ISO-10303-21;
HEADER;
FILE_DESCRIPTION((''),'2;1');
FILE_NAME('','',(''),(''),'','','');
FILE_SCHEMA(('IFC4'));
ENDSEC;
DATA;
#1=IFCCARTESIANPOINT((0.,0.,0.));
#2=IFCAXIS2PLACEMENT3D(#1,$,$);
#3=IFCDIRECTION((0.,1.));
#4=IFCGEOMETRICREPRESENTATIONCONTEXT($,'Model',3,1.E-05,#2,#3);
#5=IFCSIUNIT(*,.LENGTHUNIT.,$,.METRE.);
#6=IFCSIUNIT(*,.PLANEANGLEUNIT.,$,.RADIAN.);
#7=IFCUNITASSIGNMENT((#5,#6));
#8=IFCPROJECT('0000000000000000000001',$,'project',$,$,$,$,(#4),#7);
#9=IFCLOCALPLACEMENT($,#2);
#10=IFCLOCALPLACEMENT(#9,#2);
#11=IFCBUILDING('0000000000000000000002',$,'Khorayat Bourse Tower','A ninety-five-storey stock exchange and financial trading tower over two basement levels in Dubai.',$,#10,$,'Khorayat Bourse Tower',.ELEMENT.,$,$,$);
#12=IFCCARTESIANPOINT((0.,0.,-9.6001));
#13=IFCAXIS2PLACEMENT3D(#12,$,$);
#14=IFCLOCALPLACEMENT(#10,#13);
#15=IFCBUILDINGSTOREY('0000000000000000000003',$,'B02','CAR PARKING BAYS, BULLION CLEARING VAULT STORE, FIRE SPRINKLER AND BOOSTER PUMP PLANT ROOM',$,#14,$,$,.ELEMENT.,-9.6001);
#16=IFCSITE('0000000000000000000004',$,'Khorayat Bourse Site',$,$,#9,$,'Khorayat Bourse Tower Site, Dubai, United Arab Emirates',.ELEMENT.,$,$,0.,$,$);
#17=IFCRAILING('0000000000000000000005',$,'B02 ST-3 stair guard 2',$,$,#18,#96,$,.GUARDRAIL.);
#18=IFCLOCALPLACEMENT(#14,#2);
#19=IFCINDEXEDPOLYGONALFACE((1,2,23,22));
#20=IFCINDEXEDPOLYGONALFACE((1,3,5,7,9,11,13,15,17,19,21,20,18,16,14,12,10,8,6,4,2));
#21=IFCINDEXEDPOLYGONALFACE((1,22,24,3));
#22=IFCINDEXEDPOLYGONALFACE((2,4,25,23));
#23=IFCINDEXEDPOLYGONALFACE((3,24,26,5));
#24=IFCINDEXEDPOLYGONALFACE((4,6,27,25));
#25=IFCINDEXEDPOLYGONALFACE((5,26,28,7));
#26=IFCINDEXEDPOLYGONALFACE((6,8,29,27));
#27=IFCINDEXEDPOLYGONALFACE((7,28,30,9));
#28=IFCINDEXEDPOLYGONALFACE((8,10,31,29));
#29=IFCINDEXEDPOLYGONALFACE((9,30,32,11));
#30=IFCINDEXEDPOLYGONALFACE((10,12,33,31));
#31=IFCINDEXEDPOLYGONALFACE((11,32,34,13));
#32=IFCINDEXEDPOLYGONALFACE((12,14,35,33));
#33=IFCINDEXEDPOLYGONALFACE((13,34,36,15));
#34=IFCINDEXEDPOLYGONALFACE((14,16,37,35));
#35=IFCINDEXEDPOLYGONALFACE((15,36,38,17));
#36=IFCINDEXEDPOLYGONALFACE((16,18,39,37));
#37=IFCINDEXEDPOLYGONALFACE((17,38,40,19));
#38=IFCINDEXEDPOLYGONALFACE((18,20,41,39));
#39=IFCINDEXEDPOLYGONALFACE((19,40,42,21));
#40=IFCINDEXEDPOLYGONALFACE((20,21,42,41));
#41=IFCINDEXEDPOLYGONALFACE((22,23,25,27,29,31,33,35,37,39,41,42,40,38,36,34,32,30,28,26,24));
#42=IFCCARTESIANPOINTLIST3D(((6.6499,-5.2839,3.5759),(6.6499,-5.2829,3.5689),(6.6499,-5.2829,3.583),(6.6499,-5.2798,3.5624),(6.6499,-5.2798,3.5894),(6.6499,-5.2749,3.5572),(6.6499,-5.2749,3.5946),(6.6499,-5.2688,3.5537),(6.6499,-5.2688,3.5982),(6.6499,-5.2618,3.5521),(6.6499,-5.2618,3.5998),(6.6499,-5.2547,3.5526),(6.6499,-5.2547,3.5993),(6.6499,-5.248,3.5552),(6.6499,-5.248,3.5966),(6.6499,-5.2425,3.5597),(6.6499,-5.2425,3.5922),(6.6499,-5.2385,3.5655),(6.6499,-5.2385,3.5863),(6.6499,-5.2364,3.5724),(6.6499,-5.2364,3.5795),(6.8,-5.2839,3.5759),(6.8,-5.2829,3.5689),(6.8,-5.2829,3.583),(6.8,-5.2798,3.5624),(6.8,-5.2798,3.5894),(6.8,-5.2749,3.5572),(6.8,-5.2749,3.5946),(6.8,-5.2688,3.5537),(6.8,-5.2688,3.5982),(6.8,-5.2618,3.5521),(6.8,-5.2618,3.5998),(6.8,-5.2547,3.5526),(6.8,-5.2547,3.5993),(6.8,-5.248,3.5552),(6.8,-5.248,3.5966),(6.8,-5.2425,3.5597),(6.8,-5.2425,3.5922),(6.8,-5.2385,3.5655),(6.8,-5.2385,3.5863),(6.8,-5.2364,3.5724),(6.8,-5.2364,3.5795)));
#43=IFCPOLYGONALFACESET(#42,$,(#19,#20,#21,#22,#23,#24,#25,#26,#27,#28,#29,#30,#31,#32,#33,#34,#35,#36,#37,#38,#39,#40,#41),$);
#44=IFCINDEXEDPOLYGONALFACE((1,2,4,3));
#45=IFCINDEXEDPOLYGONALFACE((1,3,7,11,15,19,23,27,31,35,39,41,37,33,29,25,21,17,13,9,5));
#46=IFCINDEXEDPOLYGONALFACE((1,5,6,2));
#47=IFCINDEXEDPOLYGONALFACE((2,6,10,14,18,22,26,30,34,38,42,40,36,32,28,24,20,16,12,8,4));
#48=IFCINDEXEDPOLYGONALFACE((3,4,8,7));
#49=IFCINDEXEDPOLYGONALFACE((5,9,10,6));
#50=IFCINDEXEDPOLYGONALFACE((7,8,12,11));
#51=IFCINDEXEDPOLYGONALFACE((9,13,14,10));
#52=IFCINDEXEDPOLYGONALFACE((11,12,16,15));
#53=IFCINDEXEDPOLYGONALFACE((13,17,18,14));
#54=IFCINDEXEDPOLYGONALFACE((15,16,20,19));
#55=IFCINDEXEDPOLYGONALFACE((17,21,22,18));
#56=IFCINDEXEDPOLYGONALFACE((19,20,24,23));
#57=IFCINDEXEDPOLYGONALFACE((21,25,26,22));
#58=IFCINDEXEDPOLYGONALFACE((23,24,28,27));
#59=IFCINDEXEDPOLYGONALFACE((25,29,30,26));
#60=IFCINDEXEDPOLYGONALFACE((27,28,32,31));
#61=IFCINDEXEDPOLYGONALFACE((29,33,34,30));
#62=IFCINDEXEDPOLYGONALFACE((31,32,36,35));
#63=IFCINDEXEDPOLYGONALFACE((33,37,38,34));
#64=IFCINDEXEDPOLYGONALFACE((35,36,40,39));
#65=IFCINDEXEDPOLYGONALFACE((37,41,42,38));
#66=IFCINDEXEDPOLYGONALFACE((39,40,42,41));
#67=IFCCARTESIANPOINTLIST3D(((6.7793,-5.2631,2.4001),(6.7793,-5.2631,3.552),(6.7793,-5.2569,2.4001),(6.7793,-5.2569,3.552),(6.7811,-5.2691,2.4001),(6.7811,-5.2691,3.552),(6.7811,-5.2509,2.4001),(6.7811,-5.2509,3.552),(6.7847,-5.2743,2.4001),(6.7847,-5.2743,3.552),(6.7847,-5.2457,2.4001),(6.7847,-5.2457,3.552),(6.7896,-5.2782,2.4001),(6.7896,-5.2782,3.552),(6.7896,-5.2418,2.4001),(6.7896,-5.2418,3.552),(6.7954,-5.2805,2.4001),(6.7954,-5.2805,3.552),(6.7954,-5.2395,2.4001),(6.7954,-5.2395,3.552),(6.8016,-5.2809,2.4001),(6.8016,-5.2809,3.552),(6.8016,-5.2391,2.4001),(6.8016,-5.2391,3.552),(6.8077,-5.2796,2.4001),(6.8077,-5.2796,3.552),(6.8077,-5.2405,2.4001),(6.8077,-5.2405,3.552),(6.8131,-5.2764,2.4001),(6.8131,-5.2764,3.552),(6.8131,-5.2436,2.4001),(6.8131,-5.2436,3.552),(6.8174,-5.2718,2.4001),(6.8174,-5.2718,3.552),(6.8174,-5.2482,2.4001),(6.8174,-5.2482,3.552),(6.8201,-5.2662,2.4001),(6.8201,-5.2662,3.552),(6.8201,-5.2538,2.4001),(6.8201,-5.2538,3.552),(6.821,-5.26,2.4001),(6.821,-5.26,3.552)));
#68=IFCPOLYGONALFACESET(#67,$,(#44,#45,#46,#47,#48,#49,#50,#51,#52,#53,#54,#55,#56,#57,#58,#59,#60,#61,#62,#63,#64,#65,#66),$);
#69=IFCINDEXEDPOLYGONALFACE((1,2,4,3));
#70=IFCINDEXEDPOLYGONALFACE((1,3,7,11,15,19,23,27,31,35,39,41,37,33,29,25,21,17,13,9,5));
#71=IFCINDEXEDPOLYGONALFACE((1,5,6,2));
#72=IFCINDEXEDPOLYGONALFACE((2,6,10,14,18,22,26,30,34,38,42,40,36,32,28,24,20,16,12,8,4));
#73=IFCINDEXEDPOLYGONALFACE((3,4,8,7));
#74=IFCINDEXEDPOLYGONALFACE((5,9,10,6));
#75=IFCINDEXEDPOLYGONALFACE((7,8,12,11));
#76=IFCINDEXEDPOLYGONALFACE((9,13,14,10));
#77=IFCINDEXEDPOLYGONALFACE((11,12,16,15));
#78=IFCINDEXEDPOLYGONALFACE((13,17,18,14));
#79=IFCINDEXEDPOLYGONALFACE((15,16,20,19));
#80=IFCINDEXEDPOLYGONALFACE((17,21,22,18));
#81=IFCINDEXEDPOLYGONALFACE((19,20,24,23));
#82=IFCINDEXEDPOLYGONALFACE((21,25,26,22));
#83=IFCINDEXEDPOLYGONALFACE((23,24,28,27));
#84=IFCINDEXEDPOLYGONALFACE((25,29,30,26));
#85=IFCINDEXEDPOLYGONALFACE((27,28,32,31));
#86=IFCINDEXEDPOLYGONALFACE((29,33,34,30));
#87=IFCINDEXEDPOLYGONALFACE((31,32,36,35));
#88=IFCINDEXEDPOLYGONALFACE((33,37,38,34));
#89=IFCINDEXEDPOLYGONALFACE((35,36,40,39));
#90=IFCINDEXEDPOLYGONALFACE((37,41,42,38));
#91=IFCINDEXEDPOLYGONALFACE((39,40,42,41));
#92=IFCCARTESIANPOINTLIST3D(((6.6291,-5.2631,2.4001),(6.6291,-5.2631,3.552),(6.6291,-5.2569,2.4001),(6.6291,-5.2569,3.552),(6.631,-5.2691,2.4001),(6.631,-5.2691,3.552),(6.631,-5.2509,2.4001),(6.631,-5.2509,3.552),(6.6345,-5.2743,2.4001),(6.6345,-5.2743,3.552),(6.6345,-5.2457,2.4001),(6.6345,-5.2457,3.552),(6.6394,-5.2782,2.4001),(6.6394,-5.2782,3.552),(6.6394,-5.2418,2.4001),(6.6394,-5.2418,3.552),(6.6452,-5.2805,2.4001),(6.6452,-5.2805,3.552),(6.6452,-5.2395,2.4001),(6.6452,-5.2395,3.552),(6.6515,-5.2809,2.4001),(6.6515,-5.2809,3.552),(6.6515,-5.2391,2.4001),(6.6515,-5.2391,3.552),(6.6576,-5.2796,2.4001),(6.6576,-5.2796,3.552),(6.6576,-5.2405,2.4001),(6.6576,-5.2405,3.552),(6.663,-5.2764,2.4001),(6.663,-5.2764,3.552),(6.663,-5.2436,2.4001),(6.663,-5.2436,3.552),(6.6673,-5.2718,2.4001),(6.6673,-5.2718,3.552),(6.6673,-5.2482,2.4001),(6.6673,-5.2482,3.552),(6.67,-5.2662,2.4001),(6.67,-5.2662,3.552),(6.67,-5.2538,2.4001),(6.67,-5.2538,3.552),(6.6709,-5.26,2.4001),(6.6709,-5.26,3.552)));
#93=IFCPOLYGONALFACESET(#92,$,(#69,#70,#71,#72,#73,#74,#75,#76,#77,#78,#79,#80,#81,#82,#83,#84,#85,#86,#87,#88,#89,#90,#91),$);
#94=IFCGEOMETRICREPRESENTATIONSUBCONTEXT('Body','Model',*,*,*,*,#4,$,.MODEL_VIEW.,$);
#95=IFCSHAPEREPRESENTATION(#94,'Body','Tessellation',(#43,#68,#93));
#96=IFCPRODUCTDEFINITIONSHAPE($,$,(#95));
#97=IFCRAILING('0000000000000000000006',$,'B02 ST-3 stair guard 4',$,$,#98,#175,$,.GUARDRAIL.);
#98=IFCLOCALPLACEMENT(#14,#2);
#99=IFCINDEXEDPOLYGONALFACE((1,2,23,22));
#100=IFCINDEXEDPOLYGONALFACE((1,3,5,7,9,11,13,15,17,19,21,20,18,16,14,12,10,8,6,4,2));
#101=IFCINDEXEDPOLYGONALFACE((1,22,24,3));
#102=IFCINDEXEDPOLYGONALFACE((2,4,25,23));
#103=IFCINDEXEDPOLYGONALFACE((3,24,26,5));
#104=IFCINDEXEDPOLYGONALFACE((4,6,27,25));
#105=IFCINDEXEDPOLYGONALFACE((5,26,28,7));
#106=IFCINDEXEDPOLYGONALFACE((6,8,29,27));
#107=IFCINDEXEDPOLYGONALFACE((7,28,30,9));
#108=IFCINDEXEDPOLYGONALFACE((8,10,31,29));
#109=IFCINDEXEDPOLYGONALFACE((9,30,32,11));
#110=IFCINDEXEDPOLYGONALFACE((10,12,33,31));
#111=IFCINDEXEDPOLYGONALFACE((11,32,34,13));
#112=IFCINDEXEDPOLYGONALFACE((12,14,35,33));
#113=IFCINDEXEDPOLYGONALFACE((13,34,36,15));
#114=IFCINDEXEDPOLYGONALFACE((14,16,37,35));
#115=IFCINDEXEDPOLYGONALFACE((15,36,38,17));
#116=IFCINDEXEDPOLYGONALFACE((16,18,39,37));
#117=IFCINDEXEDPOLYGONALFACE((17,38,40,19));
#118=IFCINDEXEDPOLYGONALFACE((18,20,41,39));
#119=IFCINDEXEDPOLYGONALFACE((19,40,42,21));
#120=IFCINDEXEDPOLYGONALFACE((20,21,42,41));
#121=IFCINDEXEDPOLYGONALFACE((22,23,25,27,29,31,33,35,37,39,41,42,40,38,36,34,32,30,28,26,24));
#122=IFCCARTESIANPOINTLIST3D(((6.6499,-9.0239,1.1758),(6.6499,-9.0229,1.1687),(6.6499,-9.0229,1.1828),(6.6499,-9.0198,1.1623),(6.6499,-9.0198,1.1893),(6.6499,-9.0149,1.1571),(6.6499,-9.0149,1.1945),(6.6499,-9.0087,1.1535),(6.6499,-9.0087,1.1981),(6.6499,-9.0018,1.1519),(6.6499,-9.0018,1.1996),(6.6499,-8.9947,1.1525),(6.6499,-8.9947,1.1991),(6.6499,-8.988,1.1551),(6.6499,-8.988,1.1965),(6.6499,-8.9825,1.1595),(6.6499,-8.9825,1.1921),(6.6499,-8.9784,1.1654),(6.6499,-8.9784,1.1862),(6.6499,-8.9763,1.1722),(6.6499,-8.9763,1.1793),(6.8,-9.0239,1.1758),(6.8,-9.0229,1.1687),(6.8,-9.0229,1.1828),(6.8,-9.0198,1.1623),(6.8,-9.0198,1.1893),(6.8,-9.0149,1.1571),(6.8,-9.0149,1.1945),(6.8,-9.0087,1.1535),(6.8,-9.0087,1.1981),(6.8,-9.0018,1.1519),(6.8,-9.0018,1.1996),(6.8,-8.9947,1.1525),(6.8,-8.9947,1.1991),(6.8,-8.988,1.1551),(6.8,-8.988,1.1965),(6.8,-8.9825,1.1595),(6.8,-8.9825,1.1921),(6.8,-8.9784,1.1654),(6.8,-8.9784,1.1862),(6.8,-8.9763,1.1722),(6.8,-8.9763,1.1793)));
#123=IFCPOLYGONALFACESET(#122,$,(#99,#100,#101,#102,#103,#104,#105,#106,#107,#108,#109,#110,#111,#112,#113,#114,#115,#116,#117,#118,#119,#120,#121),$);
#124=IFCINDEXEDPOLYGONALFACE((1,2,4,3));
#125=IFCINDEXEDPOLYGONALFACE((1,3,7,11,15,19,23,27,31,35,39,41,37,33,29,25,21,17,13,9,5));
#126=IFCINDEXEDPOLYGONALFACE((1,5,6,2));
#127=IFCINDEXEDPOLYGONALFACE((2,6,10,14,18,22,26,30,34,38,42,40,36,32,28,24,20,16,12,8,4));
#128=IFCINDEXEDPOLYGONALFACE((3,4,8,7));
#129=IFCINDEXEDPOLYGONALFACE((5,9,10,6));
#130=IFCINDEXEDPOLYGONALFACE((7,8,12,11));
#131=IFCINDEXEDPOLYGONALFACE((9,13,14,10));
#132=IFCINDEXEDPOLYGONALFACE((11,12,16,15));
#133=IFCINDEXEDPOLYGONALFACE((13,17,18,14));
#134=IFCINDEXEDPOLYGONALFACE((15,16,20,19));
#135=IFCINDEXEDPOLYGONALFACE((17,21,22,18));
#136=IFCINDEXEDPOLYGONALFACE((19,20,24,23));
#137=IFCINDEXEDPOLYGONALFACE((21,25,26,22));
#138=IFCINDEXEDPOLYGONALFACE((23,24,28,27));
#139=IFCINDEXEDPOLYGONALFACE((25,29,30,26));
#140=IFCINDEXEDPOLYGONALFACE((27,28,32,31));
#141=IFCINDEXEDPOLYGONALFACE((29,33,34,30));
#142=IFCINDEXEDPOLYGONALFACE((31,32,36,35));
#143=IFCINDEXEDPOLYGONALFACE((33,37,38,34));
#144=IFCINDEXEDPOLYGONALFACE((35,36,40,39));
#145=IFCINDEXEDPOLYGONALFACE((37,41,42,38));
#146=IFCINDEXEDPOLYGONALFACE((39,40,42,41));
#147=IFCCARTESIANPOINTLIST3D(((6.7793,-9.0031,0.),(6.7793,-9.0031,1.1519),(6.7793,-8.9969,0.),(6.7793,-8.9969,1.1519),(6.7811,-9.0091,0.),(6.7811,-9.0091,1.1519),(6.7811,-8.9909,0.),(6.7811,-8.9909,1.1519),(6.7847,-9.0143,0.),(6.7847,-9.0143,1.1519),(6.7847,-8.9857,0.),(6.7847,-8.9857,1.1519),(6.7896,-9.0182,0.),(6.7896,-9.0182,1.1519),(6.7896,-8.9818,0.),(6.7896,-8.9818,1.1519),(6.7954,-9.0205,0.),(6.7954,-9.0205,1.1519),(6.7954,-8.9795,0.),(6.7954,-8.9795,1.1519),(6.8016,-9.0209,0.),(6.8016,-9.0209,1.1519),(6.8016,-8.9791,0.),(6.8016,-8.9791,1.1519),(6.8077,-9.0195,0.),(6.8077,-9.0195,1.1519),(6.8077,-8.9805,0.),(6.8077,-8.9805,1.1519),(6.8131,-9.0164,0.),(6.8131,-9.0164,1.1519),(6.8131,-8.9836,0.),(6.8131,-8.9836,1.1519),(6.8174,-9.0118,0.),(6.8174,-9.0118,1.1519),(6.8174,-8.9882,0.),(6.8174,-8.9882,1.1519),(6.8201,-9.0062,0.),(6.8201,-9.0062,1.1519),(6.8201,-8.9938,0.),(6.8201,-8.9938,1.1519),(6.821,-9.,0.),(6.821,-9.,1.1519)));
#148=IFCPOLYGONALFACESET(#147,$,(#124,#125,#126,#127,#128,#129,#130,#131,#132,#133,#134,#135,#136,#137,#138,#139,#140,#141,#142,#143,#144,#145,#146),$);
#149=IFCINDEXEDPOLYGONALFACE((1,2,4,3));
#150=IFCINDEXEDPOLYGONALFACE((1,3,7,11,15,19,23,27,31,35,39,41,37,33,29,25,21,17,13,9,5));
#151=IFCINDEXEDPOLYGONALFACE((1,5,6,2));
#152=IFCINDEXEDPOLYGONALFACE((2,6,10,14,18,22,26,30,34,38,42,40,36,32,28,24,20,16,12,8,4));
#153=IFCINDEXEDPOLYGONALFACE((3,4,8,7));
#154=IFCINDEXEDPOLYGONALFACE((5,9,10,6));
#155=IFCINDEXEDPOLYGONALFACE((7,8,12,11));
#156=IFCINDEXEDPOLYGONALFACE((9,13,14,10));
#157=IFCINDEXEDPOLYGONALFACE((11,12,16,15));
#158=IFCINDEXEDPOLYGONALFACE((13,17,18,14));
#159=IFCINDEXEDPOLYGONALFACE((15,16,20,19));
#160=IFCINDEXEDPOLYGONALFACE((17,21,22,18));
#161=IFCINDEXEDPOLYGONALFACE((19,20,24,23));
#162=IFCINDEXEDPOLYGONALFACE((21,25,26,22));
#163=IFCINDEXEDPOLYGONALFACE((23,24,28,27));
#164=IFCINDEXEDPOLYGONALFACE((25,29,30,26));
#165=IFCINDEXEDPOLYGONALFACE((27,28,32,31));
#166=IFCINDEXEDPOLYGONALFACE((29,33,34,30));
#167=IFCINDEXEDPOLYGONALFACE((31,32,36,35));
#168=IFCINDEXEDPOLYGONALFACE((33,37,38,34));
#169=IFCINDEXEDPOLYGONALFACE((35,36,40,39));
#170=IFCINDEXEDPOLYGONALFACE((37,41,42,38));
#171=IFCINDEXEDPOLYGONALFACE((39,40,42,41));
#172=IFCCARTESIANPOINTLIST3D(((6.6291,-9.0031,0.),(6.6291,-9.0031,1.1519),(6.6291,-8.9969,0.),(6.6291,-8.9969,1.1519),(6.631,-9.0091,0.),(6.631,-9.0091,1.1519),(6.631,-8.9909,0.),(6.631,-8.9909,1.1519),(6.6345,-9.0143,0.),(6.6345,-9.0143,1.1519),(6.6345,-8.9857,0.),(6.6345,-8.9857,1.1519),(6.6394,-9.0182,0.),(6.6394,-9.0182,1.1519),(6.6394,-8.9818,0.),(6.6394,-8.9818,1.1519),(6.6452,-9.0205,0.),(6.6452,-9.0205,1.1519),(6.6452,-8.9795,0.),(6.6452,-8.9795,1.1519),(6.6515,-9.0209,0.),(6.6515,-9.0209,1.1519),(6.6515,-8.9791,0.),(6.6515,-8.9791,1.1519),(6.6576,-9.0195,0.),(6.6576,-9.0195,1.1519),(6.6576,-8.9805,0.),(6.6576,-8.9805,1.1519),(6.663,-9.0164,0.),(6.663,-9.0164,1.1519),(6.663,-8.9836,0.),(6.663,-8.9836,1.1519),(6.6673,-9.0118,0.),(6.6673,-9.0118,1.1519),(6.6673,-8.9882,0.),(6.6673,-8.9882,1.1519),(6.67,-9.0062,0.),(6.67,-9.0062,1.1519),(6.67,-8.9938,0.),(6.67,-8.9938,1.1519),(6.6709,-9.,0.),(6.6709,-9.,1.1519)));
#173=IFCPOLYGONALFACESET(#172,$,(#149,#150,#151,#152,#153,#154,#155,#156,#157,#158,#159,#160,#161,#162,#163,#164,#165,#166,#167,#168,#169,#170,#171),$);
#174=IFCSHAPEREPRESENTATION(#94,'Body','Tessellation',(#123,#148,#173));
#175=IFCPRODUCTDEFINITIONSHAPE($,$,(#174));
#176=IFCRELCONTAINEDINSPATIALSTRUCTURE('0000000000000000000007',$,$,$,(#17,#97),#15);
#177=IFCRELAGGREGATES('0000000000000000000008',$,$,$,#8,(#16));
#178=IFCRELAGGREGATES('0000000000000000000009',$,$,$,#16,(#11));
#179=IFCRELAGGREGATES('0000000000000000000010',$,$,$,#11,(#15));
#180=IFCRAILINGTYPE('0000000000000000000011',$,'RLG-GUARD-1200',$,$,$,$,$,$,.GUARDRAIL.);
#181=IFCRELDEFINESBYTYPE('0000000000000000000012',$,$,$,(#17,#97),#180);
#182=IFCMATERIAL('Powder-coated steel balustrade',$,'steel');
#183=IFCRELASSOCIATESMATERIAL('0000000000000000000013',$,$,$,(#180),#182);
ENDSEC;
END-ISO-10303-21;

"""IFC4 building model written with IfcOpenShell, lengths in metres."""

from ifc_helpers import new_model, si_unit, direction, frame, origin, origin_2d, place, context, subcontext, project, spatial, circle, extrude, source, transform, mapped, material, type_object, element, save


model = new_model("IFC4")

# Units and contexts
model_context = context("Model", 3, precision=1e-05, world=origin(), true_north=direction((0.0, 1.0)))
body_context = subcontext(model_context, "Body", "Model", "MODEL_VIEW")
ifc_project = project(units=[si_unit("LENGTHUNIT", "METRE"), si_unit("PLANEANGLEUNIT", "RADIAN")], contexts=[model_context])

# Site, building, storey
site_placement = place(None, origin())
site = spatial("IfcSite", under=ifc_project, at=site_placement, Name="Khorayat Bourse Site", LongName="Khorayat Bourse Tower Site, Dubai, United Arab Emirates", CompositionType="ELEMENT", RefElevation=0.0)
building_placement = place(site_placement, origin())
building = spatial("IfcBuilding", under=site, at=building_placement, Name="Khorayat Bourse Tower", Description="A ninety-five-storey stock exchange and financial trading tower over two basement levels in Dubai.", LongName="Khorayat Bourse Tower", CompositionType="ELEMENT")
storey_placement = place(building_placement, frame((0.0, 0.0, -9.6001)))
storey = spatial("IfcBuildingStorey", under=building, at=storey_placement, Name="B02", Description="CAR PARKING BAYS, BULLION CLEARING VAULT STORE, FIRE SPRINKLER AND BOOSTER PUMP PLANT ROOM", CompositionType="ELEMENT", Elevation=-9.6001)

# Railings
ifc_material_1 = material(Name="Powder-coated steel balustrade", Category="steel")
railing_type_1 = type_object("IfcRailingType", Name="RLG-GUARD-1200", PredefinedType="GUARDRAIL", material=ifc_material_1)
shared_shape_1 = source(origin(), body_context, "Body", "SweptSolid", [
    extrude(circle(Radius=0.0239, at=origin_2d()), frame((0.0, 0.0, 1.1758), z_axis=(-1.0, 0.0, 0.0), x_axis=(0.0, -1.0, 0.0)), (0.0, 0.0, 1.0), 0.1501),
    extrude(circle(Radius=0.021, at=origin_2d()), origin(), (0.0, 0.0, 1.0), 1.1519),
    extrude(circle(Radius=0.021, at=origin_2d()), frame((-0.1501, 0.0, 0.0)), (0.0, 0.0, 1.0), 1.1519),
])
for number, where, name in (
    (1, (6.8, -5.26, 2.4001), "B02 ST-3 stair guard 2"),
    (2, (6.8, -9.0, 0.0), "B02 ST-3 stair guard 4"),
):
    element("IfcRailing", number, at=place(storey_placement, frame(where)), inside=storey, type_object=railing_type_1, Name=name, PredefinedType="GUARDRAIL", context=body_context, shape_type="MappedRepresentation", body=[
        mapped(shared_shape_1, transform((0.0, 0.0, 0.0), scale=1.0)),
    ])

save(model, "model.ifc")
